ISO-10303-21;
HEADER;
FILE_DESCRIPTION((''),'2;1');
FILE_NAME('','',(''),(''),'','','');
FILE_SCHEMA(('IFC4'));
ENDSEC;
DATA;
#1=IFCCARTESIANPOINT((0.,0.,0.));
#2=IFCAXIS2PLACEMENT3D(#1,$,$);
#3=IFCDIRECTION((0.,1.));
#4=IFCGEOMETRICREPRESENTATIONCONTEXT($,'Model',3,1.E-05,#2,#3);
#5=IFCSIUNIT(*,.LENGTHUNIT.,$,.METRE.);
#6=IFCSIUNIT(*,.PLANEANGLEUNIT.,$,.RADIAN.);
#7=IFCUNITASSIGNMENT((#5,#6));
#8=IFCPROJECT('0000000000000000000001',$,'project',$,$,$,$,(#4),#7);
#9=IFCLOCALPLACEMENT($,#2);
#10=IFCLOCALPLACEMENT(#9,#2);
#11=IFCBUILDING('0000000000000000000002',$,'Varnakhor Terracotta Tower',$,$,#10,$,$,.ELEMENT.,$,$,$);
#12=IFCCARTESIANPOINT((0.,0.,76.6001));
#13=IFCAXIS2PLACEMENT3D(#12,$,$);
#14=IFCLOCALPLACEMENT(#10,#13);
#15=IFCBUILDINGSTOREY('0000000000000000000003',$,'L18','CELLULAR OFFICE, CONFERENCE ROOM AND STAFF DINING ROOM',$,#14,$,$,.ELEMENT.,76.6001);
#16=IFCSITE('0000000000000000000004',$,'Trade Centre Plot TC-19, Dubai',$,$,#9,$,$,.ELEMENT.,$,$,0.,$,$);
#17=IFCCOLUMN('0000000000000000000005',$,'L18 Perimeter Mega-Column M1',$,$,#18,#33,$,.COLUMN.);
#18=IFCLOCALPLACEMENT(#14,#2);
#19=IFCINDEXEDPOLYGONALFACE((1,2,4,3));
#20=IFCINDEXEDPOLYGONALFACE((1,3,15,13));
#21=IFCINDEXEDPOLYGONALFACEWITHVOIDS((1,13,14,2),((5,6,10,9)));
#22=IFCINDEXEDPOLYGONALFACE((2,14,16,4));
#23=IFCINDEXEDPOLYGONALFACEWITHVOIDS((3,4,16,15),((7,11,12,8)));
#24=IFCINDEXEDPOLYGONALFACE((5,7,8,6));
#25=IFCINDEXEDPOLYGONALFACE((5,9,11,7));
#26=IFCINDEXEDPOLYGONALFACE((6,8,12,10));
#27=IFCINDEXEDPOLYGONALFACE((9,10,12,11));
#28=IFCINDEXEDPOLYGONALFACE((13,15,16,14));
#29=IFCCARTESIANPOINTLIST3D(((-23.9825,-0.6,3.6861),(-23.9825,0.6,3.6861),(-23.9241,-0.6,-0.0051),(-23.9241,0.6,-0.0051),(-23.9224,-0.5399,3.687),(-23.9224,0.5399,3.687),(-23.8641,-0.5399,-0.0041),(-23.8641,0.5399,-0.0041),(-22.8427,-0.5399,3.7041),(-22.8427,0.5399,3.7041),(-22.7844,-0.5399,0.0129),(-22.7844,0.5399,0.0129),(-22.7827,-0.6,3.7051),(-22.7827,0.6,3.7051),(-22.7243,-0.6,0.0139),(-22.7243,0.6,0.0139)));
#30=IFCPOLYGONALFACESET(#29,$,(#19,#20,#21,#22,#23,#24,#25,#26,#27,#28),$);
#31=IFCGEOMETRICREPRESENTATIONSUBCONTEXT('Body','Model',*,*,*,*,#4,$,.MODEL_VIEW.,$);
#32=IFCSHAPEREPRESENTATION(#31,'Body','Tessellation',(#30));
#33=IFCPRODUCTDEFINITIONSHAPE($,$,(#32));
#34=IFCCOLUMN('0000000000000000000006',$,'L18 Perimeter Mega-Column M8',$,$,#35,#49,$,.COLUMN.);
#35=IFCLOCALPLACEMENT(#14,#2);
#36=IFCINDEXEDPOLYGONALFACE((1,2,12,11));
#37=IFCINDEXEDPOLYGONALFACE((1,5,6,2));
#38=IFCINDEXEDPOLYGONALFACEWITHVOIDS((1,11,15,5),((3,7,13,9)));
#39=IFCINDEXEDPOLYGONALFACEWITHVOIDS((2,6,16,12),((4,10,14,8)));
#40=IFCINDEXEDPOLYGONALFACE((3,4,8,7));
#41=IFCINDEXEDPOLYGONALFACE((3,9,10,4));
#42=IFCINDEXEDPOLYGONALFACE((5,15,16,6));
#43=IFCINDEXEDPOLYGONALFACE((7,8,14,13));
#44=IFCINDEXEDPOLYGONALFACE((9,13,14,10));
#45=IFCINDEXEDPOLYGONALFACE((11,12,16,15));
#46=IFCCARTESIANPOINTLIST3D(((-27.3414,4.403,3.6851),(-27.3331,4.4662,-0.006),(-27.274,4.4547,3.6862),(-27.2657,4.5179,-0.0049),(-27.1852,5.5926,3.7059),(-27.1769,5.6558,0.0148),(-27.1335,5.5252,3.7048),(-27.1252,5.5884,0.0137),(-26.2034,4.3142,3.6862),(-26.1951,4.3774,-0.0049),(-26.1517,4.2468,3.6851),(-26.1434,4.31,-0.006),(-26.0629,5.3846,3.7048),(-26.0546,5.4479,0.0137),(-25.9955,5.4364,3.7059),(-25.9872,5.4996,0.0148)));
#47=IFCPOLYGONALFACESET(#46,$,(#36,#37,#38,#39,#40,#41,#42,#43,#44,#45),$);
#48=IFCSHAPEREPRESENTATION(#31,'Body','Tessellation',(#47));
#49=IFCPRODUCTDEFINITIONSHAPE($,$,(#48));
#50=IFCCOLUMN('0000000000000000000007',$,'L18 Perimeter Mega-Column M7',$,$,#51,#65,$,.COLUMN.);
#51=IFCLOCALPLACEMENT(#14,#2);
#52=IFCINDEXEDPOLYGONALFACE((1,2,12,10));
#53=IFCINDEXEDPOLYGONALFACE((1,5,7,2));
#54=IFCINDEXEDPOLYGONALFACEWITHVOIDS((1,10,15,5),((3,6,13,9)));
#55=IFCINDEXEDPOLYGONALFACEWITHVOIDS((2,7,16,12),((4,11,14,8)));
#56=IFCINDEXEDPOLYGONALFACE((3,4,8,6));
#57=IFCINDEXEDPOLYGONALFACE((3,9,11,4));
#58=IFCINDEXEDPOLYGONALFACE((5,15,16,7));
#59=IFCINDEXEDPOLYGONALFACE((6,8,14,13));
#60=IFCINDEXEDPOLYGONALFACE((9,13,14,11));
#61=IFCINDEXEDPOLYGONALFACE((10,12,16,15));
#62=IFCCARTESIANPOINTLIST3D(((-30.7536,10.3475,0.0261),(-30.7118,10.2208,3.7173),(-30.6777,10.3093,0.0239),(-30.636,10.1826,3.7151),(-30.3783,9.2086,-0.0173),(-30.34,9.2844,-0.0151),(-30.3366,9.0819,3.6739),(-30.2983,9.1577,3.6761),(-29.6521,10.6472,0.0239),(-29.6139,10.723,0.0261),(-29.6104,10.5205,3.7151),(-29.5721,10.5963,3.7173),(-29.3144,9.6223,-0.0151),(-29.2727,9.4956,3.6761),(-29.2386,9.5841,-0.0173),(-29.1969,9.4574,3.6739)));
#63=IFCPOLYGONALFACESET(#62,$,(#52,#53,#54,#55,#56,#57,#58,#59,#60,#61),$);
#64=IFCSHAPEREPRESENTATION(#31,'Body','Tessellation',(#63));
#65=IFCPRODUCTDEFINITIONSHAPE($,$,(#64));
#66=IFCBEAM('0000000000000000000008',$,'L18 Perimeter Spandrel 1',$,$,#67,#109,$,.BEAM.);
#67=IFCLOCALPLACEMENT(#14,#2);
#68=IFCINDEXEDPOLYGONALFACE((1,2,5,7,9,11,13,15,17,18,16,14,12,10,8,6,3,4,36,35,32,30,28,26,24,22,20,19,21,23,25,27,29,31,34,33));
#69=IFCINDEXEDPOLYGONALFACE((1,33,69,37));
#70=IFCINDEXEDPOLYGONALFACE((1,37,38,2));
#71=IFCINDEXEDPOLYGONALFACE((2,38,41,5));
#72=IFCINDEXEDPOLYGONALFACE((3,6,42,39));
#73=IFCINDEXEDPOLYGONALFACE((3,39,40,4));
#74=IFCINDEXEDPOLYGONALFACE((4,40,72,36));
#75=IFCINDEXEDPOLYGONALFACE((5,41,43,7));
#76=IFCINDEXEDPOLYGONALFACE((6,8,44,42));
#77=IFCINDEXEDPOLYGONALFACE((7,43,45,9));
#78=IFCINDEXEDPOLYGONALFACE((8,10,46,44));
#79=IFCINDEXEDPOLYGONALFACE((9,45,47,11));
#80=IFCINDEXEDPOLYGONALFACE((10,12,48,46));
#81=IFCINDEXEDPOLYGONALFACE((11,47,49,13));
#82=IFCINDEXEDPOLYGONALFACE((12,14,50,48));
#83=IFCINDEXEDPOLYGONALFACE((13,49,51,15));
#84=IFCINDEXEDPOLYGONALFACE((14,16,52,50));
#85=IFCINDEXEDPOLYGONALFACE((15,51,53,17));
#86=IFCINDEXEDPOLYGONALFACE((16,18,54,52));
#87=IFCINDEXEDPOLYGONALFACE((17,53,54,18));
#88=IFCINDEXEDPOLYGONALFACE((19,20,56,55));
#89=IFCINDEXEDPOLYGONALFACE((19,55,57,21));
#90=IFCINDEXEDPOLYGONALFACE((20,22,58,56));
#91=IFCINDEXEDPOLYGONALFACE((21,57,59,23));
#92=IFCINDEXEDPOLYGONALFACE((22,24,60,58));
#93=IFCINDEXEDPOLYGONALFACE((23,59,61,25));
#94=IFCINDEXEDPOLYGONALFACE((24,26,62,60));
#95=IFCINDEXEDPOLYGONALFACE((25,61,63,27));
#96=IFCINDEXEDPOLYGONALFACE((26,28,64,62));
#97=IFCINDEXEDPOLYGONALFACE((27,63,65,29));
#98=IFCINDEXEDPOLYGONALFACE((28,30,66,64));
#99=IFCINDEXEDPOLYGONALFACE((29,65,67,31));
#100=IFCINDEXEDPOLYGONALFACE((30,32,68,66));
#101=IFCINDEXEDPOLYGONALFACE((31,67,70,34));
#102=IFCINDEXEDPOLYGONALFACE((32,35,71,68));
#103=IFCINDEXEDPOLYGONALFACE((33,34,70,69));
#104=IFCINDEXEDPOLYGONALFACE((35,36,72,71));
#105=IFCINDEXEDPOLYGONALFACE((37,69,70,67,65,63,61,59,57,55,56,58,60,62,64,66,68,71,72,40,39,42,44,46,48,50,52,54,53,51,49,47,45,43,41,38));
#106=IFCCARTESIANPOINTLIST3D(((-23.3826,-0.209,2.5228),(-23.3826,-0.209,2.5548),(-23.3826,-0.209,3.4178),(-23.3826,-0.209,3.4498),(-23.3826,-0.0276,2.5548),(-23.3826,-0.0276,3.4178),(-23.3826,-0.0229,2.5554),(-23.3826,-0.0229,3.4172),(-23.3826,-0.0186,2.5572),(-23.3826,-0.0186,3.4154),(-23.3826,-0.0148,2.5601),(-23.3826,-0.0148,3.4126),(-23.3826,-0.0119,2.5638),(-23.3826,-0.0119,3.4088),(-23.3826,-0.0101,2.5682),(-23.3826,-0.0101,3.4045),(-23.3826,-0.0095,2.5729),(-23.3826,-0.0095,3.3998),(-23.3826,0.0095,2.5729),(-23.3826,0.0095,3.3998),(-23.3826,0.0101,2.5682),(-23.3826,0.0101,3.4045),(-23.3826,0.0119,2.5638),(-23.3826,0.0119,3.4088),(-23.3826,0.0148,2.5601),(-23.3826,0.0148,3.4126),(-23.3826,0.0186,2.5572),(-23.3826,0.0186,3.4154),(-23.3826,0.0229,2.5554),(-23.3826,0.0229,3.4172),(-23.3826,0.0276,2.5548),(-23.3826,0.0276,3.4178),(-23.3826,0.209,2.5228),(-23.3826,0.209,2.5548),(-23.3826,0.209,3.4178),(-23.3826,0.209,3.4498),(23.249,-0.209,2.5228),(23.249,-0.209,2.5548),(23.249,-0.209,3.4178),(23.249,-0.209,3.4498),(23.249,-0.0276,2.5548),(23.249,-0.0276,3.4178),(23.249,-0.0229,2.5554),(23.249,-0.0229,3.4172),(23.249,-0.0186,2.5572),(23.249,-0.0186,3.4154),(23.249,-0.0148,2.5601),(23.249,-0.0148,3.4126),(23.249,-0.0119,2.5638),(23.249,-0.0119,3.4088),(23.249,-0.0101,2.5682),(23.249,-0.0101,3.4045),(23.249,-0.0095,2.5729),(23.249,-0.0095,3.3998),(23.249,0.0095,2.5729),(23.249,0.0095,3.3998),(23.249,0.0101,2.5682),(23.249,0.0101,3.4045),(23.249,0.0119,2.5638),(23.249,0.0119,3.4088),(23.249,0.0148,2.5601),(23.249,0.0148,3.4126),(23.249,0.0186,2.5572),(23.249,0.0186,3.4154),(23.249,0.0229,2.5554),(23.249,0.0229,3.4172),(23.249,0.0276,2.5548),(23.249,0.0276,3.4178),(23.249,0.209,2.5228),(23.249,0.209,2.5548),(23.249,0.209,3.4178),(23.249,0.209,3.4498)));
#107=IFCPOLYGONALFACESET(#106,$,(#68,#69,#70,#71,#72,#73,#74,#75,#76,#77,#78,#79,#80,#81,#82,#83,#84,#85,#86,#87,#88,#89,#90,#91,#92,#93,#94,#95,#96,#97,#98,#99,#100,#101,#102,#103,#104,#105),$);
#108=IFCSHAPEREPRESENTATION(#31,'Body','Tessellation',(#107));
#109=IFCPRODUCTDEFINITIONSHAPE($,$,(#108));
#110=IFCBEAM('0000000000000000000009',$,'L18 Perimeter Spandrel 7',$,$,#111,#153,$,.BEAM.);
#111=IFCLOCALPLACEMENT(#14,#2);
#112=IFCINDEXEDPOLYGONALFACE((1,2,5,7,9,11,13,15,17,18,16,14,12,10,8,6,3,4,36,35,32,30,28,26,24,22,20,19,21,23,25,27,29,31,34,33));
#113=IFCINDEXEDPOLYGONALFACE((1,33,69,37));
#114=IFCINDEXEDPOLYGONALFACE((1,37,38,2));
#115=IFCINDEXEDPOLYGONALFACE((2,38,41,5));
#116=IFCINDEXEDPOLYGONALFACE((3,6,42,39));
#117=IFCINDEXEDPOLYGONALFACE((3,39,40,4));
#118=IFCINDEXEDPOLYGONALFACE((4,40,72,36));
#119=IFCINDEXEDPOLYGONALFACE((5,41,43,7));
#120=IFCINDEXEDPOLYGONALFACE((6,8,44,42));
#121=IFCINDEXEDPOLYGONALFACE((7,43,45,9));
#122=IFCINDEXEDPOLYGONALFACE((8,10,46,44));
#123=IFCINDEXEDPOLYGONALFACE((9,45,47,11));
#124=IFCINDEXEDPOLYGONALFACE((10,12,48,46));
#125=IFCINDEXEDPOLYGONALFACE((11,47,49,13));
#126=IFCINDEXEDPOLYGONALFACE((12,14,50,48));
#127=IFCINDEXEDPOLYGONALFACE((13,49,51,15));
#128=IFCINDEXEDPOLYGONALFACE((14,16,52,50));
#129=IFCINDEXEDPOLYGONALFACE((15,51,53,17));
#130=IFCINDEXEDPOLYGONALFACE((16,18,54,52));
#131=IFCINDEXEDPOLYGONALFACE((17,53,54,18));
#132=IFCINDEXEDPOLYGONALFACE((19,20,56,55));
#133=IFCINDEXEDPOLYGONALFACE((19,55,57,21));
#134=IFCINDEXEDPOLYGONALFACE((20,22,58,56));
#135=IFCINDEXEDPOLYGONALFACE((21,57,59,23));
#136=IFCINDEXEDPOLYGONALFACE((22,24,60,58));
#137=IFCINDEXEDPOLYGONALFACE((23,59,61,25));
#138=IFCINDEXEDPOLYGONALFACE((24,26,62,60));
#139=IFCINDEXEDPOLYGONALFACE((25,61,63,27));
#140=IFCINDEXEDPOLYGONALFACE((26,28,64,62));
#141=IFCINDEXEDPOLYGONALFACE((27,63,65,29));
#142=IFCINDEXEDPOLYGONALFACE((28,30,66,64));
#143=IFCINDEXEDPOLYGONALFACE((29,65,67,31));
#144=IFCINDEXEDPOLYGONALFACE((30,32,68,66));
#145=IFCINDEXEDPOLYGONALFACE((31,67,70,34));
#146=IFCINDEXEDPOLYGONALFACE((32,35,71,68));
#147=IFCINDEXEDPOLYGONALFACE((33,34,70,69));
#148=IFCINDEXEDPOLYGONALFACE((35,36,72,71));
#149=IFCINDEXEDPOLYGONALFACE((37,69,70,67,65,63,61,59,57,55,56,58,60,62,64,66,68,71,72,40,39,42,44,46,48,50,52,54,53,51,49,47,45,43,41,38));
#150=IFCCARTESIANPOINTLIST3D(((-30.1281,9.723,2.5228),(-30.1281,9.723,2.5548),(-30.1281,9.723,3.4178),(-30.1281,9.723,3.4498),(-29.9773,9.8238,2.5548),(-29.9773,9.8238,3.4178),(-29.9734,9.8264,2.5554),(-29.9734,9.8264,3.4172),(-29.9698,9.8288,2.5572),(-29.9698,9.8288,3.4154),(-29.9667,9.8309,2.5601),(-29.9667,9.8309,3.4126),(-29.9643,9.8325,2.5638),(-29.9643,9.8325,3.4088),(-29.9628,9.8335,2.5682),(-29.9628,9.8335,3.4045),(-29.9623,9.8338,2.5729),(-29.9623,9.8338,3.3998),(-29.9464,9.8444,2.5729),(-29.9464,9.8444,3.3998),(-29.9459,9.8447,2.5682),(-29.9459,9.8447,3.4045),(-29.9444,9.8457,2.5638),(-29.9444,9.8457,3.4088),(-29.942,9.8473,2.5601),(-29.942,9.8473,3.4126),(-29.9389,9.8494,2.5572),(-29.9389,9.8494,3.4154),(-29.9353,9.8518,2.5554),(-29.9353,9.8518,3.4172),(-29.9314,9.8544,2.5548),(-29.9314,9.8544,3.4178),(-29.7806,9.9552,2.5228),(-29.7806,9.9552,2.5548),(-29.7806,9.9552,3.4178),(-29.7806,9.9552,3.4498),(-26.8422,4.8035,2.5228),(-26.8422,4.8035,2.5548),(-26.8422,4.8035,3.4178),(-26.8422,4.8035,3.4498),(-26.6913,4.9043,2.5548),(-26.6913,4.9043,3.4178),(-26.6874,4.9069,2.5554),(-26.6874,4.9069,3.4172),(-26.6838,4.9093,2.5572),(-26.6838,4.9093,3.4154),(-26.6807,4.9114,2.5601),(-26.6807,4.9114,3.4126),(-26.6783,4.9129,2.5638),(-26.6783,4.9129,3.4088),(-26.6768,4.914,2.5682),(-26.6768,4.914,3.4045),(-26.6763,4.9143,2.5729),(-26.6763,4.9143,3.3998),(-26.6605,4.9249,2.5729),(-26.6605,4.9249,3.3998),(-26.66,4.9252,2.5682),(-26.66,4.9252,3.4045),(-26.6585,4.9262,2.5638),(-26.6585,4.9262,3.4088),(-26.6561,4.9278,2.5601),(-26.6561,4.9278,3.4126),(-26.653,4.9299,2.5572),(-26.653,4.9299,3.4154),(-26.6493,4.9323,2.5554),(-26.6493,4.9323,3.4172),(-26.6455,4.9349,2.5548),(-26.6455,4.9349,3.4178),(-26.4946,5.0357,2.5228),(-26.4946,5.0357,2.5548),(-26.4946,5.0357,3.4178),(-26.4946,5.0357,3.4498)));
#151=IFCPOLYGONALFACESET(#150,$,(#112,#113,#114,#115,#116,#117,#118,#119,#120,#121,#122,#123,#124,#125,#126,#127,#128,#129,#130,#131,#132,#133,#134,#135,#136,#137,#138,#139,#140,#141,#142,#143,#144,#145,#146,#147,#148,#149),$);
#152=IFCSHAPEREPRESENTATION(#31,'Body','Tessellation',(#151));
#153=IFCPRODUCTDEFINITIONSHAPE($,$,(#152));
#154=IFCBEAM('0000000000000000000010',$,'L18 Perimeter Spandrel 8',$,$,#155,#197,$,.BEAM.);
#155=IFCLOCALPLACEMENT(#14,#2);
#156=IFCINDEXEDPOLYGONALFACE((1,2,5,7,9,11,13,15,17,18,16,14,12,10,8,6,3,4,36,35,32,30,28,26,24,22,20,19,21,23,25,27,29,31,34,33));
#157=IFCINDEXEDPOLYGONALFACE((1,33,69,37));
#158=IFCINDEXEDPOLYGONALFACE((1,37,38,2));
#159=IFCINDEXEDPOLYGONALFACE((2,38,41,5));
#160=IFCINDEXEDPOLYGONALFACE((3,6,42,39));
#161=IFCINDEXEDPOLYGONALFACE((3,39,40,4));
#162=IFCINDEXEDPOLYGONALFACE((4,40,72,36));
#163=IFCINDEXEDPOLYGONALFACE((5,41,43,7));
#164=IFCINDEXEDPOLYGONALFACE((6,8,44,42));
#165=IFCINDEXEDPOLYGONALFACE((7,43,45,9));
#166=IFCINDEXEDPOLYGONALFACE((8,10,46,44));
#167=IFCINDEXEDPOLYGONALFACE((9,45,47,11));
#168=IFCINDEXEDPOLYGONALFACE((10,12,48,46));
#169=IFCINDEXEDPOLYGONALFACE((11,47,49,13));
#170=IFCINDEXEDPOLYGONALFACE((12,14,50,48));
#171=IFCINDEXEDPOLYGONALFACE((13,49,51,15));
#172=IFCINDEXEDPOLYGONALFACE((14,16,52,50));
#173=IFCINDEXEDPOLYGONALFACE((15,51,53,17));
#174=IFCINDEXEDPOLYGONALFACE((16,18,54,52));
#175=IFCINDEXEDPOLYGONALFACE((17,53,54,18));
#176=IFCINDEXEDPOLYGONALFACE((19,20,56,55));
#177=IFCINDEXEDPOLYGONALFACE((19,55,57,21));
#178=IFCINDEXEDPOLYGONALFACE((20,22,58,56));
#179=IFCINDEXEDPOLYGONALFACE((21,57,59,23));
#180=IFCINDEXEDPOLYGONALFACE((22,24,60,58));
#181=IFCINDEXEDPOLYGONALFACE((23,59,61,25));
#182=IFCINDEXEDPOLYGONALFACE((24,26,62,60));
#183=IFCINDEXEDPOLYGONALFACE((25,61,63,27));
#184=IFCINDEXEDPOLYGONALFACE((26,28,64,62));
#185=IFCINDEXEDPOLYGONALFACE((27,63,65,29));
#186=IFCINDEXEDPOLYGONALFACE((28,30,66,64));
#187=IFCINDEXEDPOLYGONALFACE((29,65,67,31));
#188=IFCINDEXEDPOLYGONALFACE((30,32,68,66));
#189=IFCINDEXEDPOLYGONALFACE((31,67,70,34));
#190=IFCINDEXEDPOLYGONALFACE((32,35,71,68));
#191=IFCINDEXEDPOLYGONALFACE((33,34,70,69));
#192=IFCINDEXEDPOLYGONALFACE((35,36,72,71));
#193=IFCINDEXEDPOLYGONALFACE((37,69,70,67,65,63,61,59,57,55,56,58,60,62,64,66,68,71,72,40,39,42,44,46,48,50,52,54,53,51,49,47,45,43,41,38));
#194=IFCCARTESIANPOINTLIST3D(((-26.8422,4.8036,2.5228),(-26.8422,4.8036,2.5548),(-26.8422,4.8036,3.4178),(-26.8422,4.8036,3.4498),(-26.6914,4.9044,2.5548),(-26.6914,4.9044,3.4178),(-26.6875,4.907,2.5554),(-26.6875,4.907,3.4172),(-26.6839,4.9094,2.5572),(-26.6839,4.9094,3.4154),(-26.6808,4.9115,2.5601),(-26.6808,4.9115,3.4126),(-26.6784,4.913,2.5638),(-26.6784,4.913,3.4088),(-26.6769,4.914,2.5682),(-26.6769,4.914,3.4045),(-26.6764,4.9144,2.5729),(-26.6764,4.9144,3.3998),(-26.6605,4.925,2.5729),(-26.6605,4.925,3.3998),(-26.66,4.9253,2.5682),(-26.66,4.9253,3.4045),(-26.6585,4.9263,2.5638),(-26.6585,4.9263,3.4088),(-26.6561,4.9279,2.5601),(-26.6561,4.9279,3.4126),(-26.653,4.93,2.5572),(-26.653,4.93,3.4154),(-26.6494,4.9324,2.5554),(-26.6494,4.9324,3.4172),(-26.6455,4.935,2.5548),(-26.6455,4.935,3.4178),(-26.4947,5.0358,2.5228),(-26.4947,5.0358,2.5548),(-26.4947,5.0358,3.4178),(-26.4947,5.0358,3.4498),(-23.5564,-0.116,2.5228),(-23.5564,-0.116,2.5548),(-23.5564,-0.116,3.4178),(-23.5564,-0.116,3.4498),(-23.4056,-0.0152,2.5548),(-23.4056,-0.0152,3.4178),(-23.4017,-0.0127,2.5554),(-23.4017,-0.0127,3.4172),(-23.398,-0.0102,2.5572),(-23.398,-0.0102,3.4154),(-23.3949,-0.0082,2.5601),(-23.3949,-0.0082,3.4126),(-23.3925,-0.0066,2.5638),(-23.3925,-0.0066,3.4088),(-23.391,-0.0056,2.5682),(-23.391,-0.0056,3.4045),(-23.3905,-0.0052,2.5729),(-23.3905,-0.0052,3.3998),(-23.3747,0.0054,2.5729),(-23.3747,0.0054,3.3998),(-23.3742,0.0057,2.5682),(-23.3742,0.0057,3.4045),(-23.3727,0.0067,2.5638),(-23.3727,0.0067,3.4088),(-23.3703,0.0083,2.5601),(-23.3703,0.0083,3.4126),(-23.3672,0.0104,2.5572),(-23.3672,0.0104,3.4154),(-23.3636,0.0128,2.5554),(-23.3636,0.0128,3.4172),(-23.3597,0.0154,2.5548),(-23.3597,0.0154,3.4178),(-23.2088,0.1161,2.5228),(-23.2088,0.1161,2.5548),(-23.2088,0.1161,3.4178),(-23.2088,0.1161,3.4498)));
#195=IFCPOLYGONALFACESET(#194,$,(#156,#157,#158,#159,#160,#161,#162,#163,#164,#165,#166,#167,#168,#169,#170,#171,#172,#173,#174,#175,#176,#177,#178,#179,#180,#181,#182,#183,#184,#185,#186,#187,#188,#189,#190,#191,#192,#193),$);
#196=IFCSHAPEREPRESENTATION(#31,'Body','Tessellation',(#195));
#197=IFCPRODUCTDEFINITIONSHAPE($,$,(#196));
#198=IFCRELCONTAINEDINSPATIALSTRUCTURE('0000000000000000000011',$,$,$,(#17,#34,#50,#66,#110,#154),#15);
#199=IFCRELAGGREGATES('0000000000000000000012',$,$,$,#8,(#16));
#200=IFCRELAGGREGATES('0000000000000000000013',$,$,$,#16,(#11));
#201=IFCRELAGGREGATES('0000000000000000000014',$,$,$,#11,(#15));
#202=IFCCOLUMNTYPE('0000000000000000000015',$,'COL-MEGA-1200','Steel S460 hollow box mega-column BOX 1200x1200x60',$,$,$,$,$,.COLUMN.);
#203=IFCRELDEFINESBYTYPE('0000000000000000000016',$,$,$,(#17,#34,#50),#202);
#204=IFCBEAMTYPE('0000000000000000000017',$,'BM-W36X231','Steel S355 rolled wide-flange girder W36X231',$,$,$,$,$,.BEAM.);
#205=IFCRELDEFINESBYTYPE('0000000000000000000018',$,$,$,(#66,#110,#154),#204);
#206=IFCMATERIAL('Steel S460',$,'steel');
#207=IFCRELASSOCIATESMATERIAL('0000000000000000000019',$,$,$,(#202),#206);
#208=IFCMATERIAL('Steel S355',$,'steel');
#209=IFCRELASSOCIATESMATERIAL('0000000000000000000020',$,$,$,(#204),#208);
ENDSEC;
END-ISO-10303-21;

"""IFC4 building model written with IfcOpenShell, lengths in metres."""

from ifc_helpers import new_model, si_unit, direction, frame, origin, origin_2d, place, context, subcontext, project, spatial, hollow_rectangle, i_section, extrude, source, transform, mapped, material, material_profile, profile_set, type_object, type_shapes, element, save


model = new_model("IFC4")

# Units and contexts
model_context = context("Model", 3, precision=1e-05, world=origin(), true_north=direction((0.0, 1.0)))
body_context = subcontext(model_context, "Body", "Model", "MODEL_VIEW")
ifc_project = project(units=[si_unit("LENGTHUNIT", "METRE"), si_unit("PLANEANGLEUNIT", "RADIAN")], contexts=[model_context])

# Site, building, storey
site_placement = place(None, origin())
site = spatial("IfcSite", under=ifc_project, at=site_placement, Name="Trade Centre Plot TC-19, Dubai", CompositionType="ELEMENT", RefElevation=0.0)
building_placement = place(site_placement, origin())
building = spatial("IfcBuilding", under=site, at=building_placement, Name="Varnakhor Terracotta Tower", CompositionType="ELEMENT")
storey_placement = place(building_placement, frame((0.0, 0.0, 76.6001)))
storey = spatial("IfcBuildingStorey", under=building, at=storey_placement, Name="L18", Description="CELLULAR OFFICE, CONFERENCE ROOM AND STAFF DINING ROOM", CompositionType="ELEMENT", Elevation=76.6001)

# Columns
ifc_material_1 = material(Name="Steel S460", Category="steel")
ifc_material_profile_1 = material_profile(ifc_material_1, hollow_rectangle(XDim=1.2, YDim=1.2, WallThickness=0.0601, at=origin_2d()), Name="BOX 1200x1200x60")
ifc_profile_set_1 = profile_set([ifc_material_profile_1], Name="Steel S460")
column_type = type_object("IfcColumnType", Name="COL-MEGA-1200", Description="Steel S460 hollow box mega-column BOX 1200x1200x60", PredefinedType="COLUMN", material=ifc_profile_set_1)
shared_shape_1 = source(origin(), body_context, "Body", "SweptSolid", [
    extrude(hollow_rectangle(XDim=1.2, YDim=1.2, WallThickness=0.0601, at=origin_2d()), origin(), (0.0, 0.0, 1.0), 3.6917),
])
type_shapes(column_type, [shared_shape_1])
for number, where, z_axis, x_axis, name in (
    (1, (-23.3242, 0.0, 0.0044), (-0.015806, 0.0, 0.999875), (0.0, -1.0, 0.0), "L18 Perimeter Mega-Column M1"),
    (2, (-26.6602, 4.9829, 0.0044), (-0.002248, -0.017128, 0.999851), (0.991493, -0.130157, 0.0), "L18 Perimeter Mega-Column M8"),
):
    element("IfcColumn", number, at=place(storey_placement, frame(where, z_axis=z_axis, x_axis=x_axis)), inside=storey, type_object=column_type, Name=name, PredefinedType="COLUMN", context=body_context, shape_type="MappedRepresentation", body=[
        mapped(shared_shape_1, transform((0.0, 0.0, 0.0), scale=1.0)),
    ])
shared_shape_2 = source(origin(), body_context, "Body", "SweptSolid", [
    extrude(hollow_rectangle(XDim=1.2, YDim=1.2, WallThickness=0.0601, at=origin_2d()), origin(), (0.0, 0.0, 1.0), 3.6936),
])
column_placement = place(storey_placement, frame((-29.9961, 9.9658, 0.0044), z_axis=(0.011303, -0.034305, 0.999347), x_axis=(0.949776, 0.312932, 0.0)))
element("IfcColumn", 3, at=column_placement, inside=storey, type_object=column_type, Name="L18 Perimeter Mega-Column M7", PredefinedType="COLUMN", context=body_context, shape_type="MappedRepresentation", body=[
    mapped(shared_shape_2, transform((0.0, 0.0, 0.0), scale=1.0)),
])

# Beams
ifc_material_2 = material(Name="Steel S355", Category="steel")
ifc_material_profile_2 = material_profile(ifc_material_2, i_section(OverallWidth=0.418, OverallDepth=0.927, WebThickness=0.019, FlangeThickness=0.032, FilletRadius=0.0181, at=origin_2d()), Name="W36X231")
ifc_profile_set_2 = profile_set([ifc_material_profile_2], Name="Steel S355")
beam_type_1 = type_object("IfcBeamType", Name="BM-W36X231", Description="Steel S355 rolled wide-flange girder W36X231", PredefinedType="BEAM", material=ifc_profile_set_2)
shared_shape_3 = source(origin(), body_context, "Body", "SweptSolid", [
    extrude(i_section(OverallWidth=0.418, OverallDepth=0.927, WebThickness=0.019, FlangeThickness=0.032, FilletRadius=0.0181, at=origin_2d()), origin(), (0.0, 0.0, 1.0), 46.6316),
])
beam_1_placement = place(storey_placement, frame((-23.3826, 0.0, 2.9863), z_axis=(1.0, 0.0, 0.0), x_axis=(0.0, 1.0, 0.0)))
element("IfcBeam", 4, at=beam_1_placement, inside=storey, type_object=beam_type_1, Name="L18 Perimeter Spandrel 1", PredefinedType="BEAM", context=body_context, shape_type="MappedRepresentation", body=[
    mapped(shared_shape_3, transform((0.0, 0.0, 0.0), scale=1.0)),
])
shared_shape_4 = source(origin(), body_context, "Body", "SweptSolid", [
    extrude(i_section(OverallWidth=0.418, OverallDepth=0.927, WebThickness=0.019, FlangeThickness=0.032, FilletRadius=0.0181, at=origin_2d()), origin(), (0.0, 0.0, 1.0), 5.916),
])
for number, where, z_axis, x_axis, name in (
    (5, (-29.9543, 9.8391, 2.9863), (0.555433, -0.831561, 0.0), (0.831561, 0.555433, 0.0), "L18 Perimeter Spandrel 7"),
    (6, (-26.6685, 4.9197, 2.9863), (0.555414, -0.831574, 0.0), (0.831574, 0.555414, 0.0), "L18 Perimeter Spandrel 8"),
):
    element("IfcBeam", number, at=place(storey_placement, frame(where, z_axis=z_axis, x_axis=x_axis)), inside=storey, type_object=beam_type_1, Name=name, PredefinedType="BEAM", context=body_context, shape_type="MappedRepresentation", body=[
        mapped(shared_shape_4, transform((0.0, 0.0, 0.0), scale=1.0)),
    ])

save(model, "model.ifc")
